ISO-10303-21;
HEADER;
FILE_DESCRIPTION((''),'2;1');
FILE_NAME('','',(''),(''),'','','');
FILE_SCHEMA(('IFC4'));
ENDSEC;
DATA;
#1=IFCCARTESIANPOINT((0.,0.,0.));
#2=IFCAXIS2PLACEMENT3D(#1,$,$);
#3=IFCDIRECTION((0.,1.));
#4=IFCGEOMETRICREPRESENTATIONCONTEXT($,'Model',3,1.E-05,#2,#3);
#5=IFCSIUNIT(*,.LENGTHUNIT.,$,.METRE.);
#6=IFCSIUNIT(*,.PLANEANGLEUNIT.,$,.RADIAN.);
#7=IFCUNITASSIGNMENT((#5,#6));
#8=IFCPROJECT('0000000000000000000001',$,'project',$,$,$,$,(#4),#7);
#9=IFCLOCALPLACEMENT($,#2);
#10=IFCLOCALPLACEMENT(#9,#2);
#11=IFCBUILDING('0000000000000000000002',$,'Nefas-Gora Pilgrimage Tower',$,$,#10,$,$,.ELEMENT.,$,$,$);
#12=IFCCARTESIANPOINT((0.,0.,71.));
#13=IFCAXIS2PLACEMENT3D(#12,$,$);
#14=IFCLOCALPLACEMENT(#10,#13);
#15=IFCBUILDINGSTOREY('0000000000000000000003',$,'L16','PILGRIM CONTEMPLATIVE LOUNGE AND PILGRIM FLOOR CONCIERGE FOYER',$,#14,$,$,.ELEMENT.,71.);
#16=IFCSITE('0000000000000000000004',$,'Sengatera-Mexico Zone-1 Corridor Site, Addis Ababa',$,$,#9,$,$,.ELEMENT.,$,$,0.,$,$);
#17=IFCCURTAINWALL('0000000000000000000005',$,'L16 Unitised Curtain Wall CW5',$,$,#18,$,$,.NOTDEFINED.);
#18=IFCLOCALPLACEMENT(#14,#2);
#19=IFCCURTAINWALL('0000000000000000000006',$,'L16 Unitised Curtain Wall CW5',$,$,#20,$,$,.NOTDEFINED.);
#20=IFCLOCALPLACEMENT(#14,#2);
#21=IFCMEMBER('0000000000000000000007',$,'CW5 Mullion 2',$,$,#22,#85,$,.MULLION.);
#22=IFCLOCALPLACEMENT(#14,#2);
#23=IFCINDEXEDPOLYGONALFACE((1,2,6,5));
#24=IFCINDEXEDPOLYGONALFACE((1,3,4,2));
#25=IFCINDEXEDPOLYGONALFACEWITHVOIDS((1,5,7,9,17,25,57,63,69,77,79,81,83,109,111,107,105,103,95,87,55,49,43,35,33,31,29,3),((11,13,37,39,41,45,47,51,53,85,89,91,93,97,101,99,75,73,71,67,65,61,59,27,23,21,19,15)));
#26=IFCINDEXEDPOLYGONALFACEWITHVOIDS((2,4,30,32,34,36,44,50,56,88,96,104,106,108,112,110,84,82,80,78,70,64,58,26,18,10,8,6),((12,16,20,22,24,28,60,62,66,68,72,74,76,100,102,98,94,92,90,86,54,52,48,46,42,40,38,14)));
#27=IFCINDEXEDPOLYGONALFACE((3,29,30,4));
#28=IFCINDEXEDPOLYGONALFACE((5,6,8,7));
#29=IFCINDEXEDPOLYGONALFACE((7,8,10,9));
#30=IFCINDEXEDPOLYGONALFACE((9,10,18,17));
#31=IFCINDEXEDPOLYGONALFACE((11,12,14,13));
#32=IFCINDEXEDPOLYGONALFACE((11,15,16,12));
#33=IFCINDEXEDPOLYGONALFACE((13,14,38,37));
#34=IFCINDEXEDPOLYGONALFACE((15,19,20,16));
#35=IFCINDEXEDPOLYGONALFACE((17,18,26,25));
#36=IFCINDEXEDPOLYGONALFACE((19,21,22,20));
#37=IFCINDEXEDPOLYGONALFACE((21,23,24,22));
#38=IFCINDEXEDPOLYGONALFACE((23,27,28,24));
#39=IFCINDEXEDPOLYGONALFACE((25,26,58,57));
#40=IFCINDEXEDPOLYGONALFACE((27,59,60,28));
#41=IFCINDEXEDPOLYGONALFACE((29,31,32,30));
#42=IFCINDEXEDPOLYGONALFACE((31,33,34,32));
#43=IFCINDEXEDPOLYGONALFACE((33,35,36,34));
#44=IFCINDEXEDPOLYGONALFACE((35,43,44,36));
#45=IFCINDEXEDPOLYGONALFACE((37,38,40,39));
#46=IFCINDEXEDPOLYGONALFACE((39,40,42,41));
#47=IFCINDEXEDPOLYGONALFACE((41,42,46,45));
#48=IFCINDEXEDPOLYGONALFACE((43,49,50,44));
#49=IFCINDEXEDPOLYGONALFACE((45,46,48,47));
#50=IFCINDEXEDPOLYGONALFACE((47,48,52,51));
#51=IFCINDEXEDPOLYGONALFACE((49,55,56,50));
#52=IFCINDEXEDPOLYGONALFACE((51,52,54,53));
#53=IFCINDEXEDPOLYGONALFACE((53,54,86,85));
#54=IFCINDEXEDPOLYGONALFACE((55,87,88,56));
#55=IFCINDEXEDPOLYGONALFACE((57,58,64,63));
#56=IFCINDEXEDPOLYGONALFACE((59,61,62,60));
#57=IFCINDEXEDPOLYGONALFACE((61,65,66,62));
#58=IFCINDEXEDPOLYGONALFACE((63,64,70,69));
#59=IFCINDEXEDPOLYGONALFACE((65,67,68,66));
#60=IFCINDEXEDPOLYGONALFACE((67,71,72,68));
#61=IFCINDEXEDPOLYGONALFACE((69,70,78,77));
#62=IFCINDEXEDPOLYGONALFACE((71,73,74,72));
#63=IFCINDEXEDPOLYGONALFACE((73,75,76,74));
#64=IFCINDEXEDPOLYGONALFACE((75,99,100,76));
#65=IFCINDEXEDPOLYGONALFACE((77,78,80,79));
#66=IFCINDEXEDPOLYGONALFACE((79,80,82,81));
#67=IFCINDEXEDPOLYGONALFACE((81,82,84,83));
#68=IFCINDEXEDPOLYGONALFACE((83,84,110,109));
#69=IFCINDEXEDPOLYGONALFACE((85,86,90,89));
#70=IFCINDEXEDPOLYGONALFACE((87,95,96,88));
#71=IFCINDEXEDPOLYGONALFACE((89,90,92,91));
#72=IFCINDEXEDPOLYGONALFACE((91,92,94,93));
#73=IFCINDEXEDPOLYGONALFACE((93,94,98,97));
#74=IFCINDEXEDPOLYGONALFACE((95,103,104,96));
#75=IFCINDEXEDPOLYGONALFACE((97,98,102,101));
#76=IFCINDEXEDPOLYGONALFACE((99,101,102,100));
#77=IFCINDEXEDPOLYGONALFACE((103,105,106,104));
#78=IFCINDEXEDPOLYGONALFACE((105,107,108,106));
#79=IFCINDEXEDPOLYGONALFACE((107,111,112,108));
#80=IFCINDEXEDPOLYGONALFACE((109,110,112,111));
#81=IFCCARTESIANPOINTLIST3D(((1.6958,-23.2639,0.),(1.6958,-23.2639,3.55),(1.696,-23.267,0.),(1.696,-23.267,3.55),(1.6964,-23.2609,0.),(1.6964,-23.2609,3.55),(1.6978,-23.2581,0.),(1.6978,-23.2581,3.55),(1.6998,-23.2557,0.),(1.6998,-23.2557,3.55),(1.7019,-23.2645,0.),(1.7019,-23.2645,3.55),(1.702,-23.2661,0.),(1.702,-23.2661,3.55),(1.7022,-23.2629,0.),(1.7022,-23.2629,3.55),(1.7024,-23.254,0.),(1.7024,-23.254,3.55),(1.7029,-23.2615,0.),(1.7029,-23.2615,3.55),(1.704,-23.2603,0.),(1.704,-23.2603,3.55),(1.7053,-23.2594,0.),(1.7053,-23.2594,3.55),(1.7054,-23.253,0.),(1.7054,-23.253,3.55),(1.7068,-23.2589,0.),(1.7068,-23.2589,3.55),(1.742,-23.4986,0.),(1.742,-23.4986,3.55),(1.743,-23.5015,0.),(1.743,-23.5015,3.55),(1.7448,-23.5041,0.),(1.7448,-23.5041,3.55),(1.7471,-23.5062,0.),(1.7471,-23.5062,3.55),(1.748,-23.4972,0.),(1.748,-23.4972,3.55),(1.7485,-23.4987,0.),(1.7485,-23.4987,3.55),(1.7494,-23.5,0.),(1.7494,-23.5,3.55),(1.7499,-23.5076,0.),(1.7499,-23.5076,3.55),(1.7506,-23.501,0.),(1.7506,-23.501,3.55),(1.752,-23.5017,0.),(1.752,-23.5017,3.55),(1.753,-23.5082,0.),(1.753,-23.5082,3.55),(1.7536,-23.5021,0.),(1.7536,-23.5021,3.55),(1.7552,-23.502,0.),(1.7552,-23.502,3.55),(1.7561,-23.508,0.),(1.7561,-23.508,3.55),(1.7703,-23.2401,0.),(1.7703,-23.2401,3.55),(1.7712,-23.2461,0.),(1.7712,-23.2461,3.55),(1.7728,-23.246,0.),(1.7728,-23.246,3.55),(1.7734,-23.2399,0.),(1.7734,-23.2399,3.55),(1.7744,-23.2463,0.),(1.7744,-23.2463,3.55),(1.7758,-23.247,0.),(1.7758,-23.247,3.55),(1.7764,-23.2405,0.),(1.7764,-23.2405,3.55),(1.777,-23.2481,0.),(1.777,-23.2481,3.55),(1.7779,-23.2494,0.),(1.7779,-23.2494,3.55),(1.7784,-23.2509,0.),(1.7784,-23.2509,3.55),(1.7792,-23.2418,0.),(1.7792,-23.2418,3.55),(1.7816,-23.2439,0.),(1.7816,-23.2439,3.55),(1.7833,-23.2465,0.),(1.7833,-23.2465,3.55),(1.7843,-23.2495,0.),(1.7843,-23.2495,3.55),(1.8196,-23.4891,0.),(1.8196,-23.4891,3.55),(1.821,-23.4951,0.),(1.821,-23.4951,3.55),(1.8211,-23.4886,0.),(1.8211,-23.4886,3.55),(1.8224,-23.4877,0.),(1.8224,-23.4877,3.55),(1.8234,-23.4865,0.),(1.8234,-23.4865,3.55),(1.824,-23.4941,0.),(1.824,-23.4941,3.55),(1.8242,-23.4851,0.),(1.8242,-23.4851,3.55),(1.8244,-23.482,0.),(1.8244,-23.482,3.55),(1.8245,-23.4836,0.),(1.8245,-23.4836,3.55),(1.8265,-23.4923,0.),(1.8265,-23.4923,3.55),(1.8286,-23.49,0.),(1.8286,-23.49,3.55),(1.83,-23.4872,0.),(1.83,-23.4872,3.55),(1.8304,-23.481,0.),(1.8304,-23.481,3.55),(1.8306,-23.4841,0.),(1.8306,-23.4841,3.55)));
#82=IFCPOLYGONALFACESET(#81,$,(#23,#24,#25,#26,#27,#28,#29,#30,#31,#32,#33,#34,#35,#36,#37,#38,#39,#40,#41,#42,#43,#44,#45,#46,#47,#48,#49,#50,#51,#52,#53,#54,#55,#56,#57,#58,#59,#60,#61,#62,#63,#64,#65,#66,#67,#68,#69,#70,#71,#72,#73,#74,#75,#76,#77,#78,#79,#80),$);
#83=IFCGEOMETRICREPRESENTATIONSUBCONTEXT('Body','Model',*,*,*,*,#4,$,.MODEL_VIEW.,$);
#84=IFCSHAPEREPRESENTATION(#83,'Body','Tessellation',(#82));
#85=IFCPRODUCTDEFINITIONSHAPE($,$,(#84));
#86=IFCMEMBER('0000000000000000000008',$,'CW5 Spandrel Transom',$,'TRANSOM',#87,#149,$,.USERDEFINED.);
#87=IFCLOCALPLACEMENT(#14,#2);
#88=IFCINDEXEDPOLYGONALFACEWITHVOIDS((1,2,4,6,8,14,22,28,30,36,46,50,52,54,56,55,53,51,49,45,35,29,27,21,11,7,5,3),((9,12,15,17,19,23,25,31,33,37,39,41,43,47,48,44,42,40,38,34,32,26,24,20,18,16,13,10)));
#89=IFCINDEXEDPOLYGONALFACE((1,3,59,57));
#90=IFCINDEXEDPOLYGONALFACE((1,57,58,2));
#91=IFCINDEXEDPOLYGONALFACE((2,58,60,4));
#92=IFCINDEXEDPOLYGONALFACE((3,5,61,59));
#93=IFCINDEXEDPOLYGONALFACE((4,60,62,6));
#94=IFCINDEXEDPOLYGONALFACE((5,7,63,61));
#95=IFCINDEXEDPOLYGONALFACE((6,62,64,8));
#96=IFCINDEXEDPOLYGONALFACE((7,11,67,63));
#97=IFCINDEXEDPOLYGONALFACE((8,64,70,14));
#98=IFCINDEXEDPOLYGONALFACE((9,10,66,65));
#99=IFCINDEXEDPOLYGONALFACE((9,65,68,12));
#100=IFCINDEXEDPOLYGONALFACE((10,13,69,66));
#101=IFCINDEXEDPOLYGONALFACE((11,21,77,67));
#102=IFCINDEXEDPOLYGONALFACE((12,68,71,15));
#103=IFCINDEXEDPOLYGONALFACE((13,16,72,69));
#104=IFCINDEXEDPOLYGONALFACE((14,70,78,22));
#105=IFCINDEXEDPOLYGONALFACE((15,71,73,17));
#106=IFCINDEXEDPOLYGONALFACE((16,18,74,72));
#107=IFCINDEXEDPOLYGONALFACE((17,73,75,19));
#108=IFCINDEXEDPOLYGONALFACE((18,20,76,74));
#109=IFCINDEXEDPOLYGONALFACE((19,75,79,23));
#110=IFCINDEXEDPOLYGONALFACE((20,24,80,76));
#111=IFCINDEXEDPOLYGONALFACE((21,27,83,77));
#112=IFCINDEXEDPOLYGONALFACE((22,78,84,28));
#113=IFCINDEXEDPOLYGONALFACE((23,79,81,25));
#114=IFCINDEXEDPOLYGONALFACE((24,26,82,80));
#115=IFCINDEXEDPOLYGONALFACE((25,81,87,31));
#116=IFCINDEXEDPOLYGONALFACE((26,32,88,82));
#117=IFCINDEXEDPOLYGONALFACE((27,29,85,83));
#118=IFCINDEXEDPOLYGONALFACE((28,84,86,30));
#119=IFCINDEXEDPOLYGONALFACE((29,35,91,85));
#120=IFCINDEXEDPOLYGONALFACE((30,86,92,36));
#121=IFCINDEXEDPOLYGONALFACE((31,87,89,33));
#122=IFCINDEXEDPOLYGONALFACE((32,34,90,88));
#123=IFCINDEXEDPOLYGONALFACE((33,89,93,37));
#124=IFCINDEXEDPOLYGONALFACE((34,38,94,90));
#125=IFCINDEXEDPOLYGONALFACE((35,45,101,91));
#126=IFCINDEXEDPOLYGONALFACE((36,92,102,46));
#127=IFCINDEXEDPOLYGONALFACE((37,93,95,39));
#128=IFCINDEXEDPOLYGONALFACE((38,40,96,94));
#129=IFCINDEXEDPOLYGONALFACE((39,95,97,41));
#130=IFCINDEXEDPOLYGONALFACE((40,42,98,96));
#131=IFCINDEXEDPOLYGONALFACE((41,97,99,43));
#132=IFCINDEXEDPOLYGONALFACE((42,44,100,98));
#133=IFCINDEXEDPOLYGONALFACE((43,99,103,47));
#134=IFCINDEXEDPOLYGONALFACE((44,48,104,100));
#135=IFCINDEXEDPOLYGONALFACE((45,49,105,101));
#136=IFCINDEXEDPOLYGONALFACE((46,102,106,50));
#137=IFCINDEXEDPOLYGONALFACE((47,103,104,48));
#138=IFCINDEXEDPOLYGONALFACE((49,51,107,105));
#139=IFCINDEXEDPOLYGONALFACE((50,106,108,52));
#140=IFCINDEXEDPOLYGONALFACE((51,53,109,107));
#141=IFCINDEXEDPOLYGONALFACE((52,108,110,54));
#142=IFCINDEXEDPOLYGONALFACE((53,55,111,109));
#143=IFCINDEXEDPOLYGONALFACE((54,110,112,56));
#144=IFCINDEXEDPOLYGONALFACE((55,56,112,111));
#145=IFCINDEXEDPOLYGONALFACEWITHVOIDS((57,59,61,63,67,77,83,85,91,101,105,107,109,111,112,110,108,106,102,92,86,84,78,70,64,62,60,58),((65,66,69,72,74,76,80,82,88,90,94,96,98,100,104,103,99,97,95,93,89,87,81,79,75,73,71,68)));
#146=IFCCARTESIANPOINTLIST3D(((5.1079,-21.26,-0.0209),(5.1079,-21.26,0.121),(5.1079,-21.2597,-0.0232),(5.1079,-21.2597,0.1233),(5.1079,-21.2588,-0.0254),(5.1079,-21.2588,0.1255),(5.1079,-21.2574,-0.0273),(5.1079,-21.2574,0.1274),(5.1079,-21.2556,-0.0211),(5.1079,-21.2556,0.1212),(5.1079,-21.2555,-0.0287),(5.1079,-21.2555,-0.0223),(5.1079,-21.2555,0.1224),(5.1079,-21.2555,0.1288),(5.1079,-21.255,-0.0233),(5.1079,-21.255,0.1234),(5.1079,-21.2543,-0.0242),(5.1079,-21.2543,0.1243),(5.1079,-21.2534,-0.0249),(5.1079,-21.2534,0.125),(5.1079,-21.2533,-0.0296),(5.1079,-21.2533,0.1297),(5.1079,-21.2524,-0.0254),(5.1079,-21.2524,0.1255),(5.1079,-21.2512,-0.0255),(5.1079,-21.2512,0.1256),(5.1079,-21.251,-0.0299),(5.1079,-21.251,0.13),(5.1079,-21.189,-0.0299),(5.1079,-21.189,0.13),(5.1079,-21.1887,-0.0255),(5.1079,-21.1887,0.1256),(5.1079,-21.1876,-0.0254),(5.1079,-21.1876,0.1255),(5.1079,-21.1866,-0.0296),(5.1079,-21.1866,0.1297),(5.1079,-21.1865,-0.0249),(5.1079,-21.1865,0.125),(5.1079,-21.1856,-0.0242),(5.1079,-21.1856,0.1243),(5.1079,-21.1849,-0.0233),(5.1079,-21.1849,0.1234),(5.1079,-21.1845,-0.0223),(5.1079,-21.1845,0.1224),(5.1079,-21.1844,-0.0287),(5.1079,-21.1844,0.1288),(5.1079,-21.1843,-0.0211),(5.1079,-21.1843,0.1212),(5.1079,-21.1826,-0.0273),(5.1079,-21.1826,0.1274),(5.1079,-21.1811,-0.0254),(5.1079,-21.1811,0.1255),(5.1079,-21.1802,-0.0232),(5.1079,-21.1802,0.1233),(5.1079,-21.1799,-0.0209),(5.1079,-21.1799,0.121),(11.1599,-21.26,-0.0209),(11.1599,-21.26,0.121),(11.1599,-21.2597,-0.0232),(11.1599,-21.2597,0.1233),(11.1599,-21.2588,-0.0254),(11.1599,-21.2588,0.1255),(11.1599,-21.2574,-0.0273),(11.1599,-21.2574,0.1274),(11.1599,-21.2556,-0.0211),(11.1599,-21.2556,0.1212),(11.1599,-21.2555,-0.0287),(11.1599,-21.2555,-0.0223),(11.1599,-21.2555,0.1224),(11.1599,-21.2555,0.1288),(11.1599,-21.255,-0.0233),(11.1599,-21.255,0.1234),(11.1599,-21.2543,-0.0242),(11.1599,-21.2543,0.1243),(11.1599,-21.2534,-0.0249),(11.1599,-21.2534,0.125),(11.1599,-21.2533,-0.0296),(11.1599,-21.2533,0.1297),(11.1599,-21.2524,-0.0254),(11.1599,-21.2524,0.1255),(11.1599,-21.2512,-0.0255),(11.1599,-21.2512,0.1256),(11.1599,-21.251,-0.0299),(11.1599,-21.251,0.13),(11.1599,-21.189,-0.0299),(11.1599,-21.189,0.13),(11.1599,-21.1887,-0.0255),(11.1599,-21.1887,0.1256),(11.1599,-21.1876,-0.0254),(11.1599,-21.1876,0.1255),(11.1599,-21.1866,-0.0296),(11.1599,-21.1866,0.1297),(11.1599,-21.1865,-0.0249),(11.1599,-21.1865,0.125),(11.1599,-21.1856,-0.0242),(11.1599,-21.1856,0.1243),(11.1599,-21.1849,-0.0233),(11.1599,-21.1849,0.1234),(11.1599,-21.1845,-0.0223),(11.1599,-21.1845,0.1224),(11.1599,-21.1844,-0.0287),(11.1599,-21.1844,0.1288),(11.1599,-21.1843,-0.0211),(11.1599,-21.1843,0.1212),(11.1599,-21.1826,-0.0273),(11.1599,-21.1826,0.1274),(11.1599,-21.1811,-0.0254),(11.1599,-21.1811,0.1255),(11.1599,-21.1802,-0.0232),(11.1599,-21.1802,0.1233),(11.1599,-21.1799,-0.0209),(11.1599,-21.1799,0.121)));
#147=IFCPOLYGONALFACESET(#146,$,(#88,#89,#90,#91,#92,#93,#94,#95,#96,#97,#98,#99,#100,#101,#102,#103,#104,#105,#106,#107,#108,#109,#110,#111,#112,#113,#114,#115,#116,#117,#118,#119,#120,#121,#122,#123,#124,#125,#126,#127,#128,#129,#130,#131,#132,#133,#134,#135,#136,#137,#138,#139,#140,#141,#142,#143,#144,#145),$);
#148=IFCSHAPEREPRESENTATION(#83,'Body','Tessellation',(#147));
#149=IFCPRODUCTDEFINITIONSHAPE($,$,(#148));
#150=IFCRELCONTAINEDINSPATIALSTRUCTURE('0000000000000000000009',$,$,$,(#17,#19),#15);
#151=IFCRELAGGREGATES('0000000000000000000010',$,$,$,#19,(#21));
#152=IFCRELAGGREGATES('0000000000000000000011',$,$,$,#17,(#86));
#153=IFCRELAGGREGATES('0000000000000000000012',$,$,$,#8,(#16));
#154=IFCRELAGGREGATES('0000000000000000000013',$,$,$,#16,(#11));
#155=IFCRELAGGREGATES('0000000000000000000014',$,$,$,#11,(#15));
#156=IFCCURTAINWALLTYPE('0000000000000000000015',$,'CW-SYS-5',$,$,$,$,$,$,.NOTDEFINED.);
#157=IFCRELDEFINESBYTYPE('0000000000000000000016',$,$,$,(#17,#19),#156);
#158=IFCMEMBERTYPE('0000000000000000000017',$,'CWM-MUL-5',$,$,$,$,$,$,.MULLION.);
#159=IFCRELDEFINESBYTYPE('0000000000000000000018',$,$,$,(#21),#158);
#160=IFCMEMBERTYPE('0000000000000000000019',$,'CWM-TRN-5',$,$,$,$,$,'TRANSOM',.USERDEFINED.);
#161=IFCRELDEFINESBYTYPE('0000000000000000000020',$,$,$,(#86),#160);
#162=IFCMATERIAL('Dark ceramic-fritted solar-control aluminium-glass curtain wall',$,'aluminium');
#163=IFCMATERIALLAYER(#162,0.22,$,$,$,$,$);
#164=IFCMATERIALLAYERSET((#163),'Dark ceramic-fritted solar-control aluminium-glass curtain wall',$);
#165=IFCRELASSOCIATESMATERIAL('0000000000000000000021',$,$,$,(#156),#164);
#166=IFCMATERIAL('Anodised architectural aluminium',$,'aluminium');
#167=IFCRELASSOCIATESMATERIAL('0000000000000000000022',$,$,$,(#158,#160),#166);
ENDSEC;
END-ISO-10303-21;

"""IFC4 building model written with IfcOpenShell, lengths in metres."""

from ifc_helpers import new_model, si_unit, direction, frame, origin, origin_2d, place, context, subcontext, project, spatial, hollow_rectangle, extrude, source, transform, mapped, material, layer, layer_set, material_profile, profile_set, type_object, element, aggregate, save


model = new_model("IFC4")

# Units and contexts
model_context = context("Model", 3, precision=1e-05, world=origin(), true_north=direction((0.0, 1.0)))
body_context = subcontext(model_context, "Body", "Model", "MODEL_VIEW")
ifc_project = project(units=[si_unit("LENGTHUNIT", "METRE"), si_unit("PLANEANGLEUNIT", "RADIAN")], contexts=[model_context])

# Site, building, storey
site_placement = place(None, origin())
site = spatial("IfcSite", under=ifc_project, at=site_placement, Name="Sengatera-Mexico Zone-1 Corridor Site, Addis Ababa", CompositionType="ELEMENT", RefElevation=0.0)
building_placement = place(site_placement, origin())
building = spatial("IfcBuilding", under=site, at=building_placement, Name="Nefas-Gora Pilgrimage Tower", CompositionType="ELEMENT")
storey_placement = place(building_placement, frame((0.0, 0.0, 71.0)))
storey = spatial("IfcBuildingStorey", under=building, at=storey_placement, Name="L16", Description="PILGRIM CONTEMPLATIVE LOUNGE AND PILGRIM FLOOR CONCIERGE FOYER", CompositionType="ELEMENT", Elevation=71.0)

# Curtain wall
ifc_material_1 = material(Name="Dark ceramic-fritted solar-control aluminium-glass curtain wall", Category="aluminium")
ifc_layer_1 = layer(ifc_material_1, 0.22)
ifc_layer_set_1 = layer_set([ifc_layer_1], Name="Dark ceramic-fritted solar-control aluminium-glass curtain wall")
curtain_wall_type_1 = type_object("IfcCurtainWallType", Name="CW-SYS-5", PredefinedType="NOTDEFINED", material=ifc_layer_set_1)
curtain_wall_1_placement = place(storey_placement, origin())
curtain_wall_1 = element("IfcCurtainWall", 1, at=curtain_wall_1_placement, inside=storey, type_object=curtain_wall_type_1, Name="L16 Unitised Curtain Wall CW5", PredefinedType="NOTDEFINED")
ifc_material_2 = material(Name="Anodised architectural aluminium", Category="aluminium")
ifc_material_profile_1 = material_profile(ifc_material_2, hollow_rectangle(XDim=0.0901, YDim=0.26, WallThickness=0.0061, InnerFilletRadius=0.0061, OuterFilletRadius=0.012, at=origin_2d()), Name="ALU MULLION 90x260")
ifc_profile_set_1 = profile_set([ifc_material_profile_1], Name="Anodised architectural aluminium")
member_type_1 = type_object("IfcMemberType", Name="CWM-MUL-5", PredefinedType="MULLION", material=ifc_profile_set_1)
shared_shape_1 = source(origin(), body_context, "Body", "SweptSolid", [
    extrude(hollow_rectangle(XDim=0.0901, YDim=0.26, WallThickness=0.0061, InnerFilletRadius=0.0061, OuterFilletRadius=0.012, at=origin_2d()), origin(), (0.0, 0.0, 1.0), 3.55),
])

# Curtain wall, member
curtain_wall_2_placement = place(storey_placement, origin())
curtain_wall_2 = element("IfcCurtainWall", 2, at=curtain_wall_2_placement, inside=storey, type_object=curtain_wall_type_1, Name="L16 Unitised Curtain Wall CW5", PredefinedType="NOTDEFINED")
member_1_placement = place(storey_placement, frame((1.7632, -23.374, 0.0), z_axis=(0.0, 0.0, 1.0), x_axis=(0.980783, 0.195102, 0.0)))
member_1 = element("IfcMember", 3, at=member_1_placement, type_object=member_type_1, Name="CW5 Mullion 2", PredefinedType="MULLION", context=body_context, shape_type="MappedRepresentation", body=[
    mapped(shared_shape_1, transform((0.0, 0.0, 0.0), x_axis=(1.0, 0.0, 0.0), y_axis=(0.0, 1.0, 0.0), z_axis=(0.0, 0.0, 1.0), scale=1.0)),
])
aggregate(curtain_wall_2, [member_1])

# Member
ifc_material_profile_2 = material_profile(ifc_material_2, hollow_rectangle(XDim=0.0801, YDim=0.1599, WallThickness=0.0044, InnerFilletRadius=0.0044, OuterFilletRadius=0.009, at=origin_2d()), Name="ALU TRANSOM 80x160")
ifc_profile_set_2 = profile_set([ifc_material_profile_2], Name="Anodised architectural aluminium")
member_type_2 = type_object("IfcMemberType", Name="CWM-TRN-5", ElementType="TRANSOM", PredefinedType="USERDEFINED", material=ifc_profile_set_2)
shared_shape_2 = source(origin(), body_context, "Body", "SweptSolid", [
    extrude(hollow_rectangle(XDim=0.0801, YDim=0.1599, WallThickness=0.0044, InnerFilletRadius=0.0044, OuterFilletRadius=0.009, at=origin_2d()), origin(), (0.0, 0.0, 1.0), 6.052),
])
member_2_placement = place(storey_placement, frame((5.1079, -21.22, 0.05), z_axis=(1.0, 0.0, 0.0), x_axis=(0.0, 1.0, 0.0)))
member_2 = element("IfcMember", 4, at=member_2_placement, type_object=member_type_2, Name="CW5 Spandrel Transom", ObjectType="TRANSOM", PredefinedType="USERDEFINED", context=body_context, shape_type="MappedRepresentation", body=[
    mapped(shared_shape_2, transform((0.0, 0.0, 0.0), x_axis=(1.0, 0.0, 0.0), y_axis=(0.0, 1.0, 0.0), z_axis=(0.0, 0.0, 1.0), scale=1.0)),
])

aggregate(curtain_wall_1, [member_2])

save(model, "model.ifc")
